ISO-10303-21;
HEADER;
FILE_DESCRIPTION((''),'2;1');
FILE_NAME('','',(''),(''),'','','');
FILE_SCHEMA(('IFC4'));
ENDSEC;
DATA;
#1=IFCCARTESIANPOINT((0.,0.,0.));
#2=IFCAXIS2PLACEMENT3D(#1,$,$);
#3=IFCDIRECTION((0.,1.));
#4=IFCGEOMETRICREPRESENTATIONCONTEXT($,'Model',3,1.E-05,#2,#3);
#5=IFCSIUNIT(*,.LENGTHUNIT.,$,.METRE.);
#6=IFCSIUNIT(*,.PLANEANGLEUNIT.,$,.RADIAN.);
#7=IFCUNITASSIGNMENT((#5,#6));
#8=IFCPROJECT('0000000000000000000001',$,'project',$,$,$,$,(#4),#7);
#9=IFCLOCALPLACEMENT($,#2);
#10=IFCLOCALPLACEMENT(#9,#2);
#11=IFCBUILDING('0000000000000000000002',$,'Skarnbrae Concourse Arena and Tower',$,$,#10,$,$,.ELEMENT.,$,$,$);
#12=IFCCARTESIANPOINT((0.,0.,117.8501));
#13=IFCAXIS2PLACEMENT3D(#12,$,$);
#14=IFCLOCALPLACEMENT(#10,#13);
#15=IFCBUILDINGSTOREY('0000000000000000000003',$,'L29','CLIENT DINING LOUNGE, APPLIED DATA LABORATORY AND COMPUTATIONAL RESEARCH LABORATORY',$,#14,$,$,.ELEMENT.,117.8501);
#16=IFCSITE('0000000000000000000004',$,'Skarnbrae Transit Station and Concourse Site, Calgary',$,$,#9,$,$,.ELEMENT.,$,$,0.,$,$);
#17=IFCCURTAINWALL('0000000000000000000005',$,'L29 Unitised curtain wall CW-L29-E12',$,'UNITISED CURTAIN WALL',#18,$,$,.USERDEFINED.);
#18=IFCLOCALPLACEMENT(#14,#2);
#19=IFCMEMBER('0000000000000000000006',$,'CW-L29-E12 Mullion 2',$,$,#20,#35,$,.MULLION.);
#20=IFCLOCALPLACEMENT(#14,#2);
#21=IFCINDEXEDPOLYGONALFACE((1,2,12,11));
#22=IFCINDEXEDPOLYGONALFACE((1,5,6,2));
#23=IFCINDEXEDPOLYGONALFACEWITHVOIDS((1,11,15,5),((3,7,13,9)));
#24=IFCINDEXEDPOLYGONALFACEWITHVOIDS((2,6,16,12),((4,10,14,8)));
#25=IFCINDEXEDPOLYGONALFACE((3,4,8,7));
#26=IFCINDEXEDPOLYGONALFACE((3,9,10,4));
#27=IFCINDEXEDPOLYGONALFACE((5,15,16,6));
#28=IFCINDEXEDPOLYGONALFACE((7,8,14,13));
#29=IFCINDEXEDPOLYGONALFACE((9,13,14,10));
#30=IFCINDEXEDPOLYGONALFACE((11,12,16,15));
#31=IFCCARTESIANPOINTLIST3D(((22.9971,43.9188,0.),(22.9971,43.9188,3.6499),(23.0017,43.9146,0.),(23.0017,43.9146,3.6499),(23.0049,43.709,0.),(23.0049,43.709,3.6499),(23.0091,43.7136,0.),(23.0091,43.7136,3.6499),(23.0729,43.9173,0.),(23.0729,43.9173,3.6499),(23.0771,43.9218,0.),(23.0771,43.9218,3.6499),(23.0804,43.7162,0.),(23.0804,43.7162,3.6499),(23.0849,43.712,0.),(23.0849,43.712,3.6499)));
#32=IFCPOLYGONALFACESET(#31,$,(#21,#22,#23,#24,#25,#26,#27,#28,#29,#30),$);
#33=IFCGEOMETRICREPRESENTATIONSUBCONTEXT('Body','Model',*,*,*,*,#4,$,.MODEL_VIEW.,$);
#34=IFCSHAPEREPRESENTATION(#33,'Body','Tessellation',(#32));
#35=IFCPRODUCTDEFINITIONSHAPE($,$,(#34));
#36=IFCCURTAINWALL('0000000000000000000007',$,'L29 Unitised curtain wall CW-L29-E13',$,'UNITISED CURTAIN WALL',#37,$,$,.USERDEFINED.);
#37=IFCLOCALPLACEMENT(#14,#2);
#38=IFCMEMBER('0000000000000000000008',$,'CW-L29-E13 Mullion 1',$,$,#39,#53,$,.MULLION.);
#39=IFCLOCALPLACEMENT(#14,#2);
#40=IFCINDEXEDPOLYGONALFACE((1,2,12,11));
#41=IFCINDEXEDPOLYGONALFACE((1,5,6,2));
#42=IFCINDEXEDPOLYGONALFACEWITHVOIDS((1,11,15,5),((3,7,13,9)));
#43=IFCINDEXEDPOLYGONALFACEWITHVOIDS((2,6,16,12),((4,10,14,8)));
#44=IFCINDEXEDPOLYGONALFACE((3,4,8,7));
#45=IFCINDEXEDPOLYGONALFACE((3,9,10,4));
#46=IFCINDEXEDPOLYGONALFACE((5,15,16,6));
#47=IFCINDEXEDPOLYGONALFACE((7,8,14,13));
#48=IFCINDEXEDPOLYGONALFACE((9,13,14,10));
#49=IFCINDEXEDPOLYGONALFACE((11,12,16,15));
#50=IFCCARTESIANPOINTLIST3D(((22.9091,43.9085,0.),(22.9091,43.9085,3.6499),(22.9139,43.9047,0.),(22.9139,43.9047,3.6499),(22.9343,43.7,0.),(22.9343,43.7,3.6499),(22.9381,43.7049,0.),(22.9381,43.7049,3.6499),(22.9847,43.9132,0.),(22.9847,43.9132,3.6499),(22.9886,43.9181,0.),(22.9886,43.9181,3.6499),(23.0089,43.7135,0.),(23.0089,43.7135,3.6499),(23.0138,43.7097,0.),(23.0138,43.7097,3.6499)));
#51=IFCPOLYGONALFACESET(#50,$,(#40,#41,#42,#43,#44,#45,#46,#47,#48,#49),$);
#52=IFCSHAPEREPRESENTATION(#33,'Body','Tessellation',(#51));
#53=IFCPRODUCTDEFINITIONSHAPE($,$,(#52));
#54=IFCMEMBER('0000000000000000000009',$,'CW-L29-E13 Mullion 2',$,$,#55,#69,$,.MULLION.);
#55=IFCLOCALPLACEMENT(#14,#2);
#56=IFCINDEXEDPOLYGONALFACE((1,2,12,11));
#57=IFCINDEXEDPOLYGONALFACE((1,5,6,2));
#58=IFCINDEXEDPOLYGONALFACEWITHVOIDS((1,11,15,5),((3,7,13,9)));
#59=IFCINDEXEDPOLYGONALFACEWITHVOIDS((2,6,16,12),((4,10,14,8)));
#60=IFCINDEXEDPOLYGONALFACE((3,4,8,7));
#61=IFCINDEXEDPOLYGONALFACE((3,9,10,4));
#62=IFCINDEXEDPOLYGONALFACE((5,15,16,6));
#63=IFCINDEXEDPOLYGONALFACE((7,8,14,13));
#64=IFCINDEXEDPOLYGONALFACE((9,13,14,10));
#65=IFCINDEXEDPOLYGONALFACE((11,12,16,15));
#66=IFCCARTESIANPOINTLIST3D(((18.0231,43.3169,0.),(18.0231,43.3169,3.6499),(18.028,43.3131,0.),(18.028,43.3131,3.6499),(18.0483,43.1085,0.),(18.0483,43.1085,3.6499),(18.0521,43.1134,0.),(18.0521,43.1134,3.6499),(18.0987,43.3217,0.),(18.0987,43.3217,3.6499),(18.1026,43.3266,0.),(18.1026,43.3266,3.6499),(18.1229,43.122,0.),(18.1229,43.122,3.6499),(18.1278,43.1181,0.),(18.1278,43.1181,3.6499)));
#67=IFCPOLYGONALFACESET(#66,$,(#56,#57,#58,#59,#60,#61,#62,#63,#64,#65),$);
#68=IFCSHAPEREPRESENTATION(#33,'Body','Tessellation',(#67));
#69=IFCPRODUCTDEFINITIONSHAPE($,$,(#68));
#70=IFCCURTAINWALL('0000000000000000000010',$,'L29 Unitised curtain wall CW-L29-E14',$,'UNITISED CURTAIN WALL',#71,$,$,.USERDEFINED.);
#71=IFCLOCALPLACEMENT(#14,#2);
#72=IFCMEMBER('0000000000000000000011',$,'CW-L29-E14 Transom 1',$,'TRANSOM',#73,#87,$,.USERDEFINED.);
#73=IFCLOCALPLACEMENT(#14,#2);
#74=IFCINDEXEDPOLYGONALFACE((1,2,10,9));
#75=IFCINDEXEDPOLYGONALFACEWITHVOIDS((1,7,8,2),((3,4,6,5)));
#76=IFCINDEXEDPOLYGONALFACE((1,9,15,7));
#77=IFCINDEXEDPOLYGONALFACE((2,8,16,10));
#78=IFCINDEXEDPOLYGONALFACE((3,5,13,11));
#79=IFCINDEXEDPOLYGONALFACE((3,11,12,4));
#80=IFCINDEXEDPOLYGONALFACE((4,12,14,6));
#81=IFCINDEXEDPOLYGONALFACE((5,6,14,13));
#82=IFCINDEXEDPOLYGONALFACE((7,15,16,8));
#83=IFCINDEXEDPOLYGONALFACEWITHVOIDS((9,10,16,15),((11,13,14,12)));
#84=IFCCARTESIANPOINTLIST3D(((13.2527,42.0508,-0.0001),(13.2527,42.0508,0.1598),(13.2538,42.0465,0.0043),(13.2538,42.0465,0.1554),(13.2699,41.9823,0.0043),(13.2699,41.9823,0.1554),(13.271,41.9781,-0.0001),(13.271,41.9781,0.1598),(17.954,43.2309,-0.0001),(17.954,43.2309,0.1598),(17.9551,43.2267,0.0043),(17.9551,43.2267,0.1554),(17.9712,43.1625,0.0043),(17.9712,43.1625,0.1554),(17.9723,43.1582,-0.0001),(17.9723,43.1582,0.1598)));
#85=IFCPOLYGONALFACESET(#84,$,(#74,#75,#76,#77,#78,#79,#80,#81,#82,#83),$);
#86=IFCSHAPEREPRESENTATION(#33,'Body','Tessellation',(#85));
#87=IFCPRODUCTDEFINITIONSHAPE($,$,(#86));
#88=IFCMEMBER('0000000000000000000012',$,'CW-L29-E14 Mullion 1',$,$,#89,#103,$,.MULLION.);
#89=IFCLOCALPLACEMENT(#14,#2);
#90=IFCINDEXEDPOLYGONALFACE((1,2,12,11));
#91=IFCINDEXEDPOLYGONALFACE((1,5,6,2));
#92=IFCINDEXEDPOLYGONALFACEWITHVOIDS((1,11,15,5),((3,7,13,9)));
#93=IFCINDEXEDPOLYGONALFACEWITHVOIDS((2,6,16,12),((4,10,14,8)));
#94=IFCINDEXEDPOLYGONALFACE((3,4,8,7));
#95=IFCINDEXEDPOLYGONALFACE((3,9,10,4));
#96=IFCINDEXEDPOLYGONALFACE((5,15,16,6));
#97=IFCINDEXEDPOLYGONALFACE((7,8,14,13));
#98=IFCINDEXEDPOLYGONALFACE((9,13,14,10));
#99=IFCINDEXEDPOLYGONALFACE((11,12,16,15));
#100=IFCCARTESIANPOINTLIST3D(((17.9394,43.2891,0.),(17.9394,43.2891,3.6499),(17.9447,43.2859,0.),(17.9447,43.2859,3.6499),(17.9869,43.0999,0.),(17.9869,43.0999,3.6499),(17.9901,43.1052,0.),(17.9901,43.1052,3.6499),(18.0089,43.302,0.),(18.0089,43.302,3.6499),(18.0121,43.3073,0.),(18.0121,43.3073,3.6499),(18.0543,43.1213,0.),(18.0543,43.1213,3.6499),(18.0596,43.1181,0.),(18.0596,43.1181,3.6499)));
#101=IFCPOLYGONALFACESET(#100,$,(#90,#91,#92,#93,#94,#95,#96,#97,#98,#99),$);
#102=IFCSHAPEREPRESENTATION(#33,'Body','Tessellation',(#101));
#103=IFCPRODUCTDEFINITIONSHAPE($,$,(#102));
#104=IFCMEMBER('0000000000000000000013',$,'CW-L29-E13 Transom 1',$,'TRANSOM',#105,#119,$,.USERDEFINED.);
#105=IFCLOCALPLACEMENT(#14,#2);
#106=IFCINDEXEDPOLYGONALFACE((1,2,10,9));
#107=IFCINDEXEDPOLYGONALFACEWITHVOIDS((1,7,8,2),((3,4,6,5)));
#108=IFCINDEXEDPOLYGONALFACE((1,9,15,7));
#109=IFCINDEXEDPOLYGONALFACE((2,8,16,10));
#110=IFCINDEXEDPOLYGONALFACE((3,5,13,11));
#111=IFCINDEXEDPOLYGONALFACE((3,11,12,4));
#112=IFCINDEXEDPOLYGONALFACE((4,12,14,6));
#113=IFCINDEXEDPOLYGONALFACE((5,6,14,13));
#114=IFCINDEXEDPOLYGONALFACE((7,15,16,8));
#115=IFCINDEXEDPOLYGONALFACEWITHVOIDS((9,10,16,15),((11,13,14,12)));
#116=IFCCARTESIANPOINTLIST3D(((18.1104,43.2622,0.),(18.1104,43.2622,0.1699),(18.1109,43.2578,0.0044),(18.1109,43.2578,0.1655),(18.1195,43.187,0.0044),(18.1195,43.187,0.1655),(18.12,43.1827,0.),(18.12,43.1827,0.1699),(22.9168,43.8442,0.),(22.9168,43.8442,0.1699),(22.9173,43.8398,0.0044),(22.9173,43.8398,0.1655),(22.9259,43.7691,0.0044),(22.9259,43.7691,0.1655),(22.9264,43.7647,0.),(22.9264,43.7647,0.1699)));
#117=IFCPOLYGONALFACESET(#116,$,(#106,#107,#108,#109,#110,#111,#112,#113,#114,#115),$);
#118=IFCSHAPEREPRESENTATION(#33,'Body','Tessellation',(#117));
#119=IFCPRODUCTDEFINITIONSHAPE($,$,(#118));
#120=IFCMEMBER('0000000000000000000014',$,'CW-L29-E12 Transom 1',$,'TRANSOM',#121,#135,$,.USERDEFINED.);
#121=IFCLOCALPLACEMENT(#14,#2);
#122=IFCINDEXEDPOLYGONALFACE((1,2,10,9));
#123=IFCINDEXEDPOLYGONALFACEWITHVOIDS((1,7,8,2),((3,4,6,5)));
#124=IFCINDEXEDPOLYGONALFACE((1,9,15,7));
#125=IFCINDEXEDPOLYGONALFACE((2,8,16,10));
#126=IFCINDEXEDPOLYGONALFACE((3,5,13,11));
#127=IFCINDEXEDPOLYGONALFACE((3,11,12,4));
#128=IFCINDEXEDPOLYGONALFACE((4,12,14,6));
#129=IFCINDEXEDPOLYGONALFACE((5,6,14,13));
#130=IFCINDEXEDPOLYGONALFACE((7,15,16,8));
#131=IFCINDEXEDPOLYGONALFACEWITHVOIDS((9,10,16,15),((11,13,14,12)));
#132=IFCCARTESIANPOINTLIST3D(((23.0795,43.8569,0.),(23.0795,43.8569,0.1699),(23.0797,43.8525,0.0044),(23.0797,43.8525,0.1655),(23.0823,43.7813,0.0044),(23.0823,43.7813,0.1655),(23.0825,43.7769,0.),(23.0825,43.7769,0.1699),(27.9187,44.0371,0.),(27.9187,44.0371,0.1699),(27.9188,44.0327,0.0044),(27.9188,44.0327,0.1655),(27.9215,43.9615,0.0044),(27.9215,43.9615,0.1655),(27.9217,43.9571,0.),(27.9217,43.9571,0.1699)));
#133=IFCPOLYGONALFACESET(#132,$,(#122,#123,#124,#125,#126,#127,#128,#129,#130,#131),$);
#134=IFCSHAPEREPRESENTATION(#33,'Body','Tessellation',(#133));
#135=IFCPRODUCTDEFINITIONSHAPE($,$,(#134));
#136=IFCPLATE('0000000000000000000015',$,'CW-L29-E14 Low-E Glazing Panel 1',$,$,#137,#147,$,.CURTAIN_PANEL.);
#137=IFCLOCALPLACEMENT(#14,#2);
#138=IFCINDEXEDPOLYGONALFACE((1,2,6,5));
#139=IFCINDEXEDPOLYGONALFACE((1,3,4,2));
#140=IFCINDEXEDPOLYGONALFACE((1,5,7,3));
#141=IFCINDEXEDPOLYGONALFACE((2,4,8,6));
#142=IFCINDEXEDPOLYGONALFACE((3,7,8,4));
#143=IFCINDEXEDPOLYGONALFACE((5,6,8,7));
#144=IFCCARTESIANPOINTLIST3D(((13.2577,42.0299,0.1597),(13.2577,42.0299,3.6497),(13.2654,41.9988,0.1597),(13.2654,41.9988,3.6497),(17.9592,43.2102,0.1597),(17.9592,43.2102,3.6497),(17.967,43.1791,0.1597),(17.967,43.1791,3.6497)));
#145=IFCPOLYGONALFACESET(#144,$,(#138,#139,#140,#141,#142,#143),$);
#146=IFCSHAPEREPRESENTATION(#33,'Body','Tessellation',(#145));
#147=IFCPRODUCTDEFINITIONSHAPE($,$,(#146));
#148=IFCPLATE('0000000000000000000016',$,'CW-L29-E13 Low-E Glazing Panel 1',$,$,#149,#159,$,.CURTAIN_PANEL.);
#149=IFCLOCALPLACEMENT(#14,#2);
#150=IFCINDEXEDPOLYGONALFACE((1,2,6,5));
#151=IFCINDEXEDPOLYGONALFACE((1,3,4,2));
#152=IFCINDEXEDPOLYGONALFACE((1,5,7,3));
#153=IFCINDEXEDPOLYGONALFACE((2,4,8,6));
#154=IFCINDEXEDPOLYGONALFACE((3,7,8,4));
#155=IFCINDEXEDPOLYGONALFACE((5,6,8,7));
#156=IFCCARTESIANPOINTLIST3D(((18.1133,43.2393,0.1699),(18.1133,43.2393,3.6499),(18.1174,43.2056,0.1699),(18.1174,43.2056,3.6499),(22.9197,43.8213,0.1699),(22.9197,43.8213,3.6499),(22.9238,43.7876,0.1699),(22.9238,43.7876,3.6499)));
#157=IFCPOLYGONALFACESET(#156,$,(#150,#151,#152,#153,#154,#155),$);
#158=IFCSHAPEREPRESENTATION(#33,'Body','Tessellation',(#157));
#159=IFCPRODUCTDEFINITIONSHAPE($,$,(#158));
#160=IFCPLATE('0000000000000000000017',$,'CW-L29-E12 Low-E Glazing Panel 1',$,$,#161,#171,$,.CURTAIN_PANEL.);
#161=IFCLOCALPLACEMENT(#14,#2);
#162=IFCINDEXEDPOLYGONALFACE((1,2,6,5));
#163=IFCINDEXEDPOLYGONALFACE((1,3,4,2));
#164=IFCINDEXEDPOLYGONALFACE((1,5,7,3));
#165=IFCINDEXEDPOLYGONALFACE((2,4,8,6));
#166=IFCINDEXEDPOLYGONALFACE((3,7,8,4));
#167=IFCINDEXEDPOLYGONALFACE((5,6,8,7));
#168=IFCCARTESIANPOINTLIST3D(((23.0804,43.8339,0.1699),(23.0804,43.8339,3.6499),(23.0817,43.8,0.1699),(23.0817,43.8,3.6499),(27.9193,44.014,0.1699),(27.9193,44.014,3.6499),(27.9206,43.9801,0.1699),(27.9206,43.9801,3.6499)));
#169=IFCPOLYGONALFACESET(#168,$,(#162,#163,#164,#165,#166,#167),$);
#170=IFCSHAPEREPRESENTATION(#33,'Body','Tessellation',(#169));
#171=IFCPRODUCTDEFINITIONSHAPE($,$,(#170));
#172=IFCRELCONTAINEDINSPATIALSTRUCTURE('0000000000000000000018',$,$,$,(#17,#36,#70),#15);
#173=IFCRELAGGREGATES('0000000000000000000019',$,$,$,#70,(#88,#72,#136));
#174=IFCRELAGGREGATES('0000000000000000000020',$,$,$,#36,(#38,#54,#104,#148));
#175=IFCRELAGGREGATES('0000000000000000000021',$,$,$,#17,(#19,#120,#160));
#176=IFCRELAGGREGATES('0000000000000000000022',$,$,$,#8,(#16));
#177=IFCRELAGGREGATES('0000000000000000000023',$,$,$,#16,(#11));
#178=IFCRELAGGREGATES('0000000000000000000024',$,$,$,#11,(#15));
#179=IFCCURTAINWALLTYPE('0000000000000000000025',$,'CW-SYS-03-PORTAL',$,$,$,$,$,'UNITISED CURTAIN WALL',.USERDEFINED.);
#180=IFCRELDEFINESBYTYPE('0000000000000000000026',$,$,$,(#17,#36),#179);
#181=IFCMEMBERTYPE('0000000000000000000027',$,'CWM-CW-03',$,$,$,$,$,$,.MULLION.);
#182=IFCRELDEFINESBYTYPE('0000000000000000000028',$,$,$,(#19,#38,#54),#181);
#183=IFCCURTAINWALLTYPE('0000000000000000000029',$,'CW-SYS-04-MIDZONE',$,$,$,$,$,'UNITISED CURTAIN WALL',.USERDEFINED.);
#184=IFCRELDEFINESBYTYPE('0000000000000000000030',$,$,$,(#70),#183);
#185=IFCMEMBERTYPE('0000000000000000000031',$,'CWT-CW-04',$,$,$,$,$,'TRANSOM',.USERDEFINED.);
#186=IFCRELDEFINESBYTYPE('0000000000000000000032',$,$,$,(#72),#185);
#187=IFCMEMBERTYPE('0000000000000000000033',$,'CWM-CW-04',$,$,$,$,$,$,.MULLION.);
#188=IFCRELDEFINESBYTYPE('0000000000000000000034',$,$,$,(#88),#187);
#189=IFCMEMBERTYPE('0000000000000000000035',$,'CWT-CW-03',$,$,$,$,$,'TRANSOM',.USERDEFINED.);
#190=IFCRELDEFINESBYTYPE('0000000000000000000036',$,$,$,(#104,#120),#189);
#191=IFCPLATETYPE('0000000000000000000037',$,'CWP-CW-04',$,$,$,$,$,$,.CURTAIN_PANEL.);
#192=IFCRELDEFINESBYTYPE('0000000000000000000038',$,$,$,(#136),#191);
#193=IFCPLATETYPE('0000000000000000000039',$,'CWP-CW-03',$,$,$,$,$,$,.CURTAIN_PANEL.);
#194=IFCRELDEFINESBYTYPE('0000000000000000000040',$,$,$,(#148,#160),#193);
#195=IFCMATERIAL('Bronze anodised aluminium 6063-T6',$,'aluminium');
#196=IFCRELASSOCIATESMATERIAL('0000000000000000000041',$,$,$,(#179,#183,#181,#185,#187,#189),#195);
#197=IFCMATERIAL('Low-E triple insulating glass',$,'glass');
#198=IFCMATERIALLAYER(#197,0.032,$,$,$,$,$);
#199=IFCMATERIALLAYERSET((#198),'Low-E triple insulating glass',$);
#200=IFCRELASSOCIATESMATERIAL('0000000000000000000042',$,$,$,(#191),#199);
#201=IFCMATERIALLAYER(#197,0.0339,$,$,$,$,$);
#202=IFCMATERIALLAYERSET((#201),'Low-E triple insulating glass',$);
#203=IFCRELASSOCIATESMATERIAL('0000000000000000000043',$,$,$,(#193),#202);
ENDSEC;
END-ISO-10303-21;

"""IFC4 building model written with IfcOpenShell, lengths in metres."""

from ifc_helpers import new_model, si_unit, direction, frame, origin, origin_2d, place, context, subcontext, project, spatial, rectangle, hollow_rectangle, extrude, source, transform, mapped, material, layer, layer_set, material_profile, profile_set, type_object, element, aggregate, save


model = new_model("IFC4")

# Units and contexts
model_context = context("Model", 3, precision=1e-05, world=origin(), true_north=direction((0.0, 1.0)))
body_context = subcontext(model_context, "Body", "Model", "MODEL_VIEW")
ifc_project = project(units=[si_unit("LENGTHUNIT", "METRE"), si_unit("PLANEANGLEUNIT", "RADIAN")], contexts=[model_context])

# Site, building, storey
site_placement = place(None, origin())
site = spatial("IfcSite", under=ifc_project, at=site_placement, Name="Skarnbrae Transit Station and Concourse Site, Calgary", CompositionType="ELEMENT", RefElevation=0.0)
building_placement = place(site_placement, origin())
building = spatial("IfcBuilding", under=site, at=building_placement, Name="Skarnbrae Concourse Arena and Tower", CompositionType="ELEMENT")
storey_placement = place(building_placement, frame((0.0, 0.0, 117.8501)))
storey = spatial("IfcBuildingStorey", under=building, at=storey_placement, Name="L29", Description="CLIENT DINING LOUNGE, APPLIED DATA LABORATORY AND COMPUTATIONAL RESEARCH LABORATORY", CompositionType="ELEMENT", Elevation=117.8501)

# Curtain walls, members
ifc_material_1 = material(Name="Bronze anodised aluminium 6063-T6", Category="aluminium")
curtain_wall_type_1 = type_object("IfcCurtainWallType", Name="CW-SYS-03-PORTAL", ElementType="UNITISED CURTAIN WALL", PredefinedType="USERDEFINED", material=ifc_material_1)
curtain_wall_1_placement = place(storey_placement, origin())
curtain_wall_1 = element("IfcCurtainWall", 1, at=curtain_wall_1_placement, inside=storey, type_object=curtain_wall_type_1, Name="L29 Unitised curtain wall CW-L29-E12", ObjectType="UNITISED CURTAIN WALL", PredefinedType="USERDEFINED")
ifc_material_profile_1 = material_profile(ifc_material_1, hollow_rectangle(XDim=0.0801, YDim=0.21, WallThickness=0.0044, at=origin_2d()), Name="ALU-MULL-80X210")
ifc_profile_set_1 = profile_set([ifc_material_profile_1], Name="Bronze anodised aluminium 6063-T6")
member_type_1 = type_object("IfcMemberType", Name="CWM-CW-03", PredefinedType="MULLION", material=ifc_profile_set_1)
shared_shape_1 = source(origin(), body_context, "Body", "SweptSolid", [
    extrude(hollow_rectangle(XDim=0.0801, YDim=0.21, WallThickness=0.0044, at=origin_2d()), origin(), (0.0, 0.0, 1.0), 3.6499),
])
member_1_placement = place(storey_placement, frame((23.041, 43.8154, 0.0), z_axis=(0.0, 0.0, 1.0), x_axis=(-0.999308, -0.037183, 0.0)))
member_1 = element("IfcMember", 2, at=member_1_placement, type_object=member_type_1, Name="CW-L29-E12 Mullion 2", PredefinedType="MULLION", context=body_context, shape_type="MappedRepresentation", body=[
    mapped(shared_shape_1, transform((0.0, 0.0, 0.0))),
])
curtain_wall_2_placement = place(storey_placement, origin())
curtain_wall_2 = element("IfcCurtainWall", 3, at=curtain_wall_2_placement, inside=storey, type_object=curtain_wall_type_1, Name="L29 Unitised curtain wall CW-L29-E13", ObjectType="UNITISED CURTAIN WALL", PredefinedType="USERDEFINED")
member_2_placement = place(storey_placement, frame((22.9614, 43.8091, 0.0), z_axis=(0.0, 0.0, 1.0), x_axis=(-0.992749, -0.120203, 0.0)))
member_2 = element("IfcMember", 4, at=member_2_placement, type_object=member_type_1, Name="CW-L29-E13 Mullion 1", PredefinedType="MULLION", context=body_context, shape_type="MappedRepresentation", body=[
    mapped(shared_shape_1, transform((0.0, 0.0, 0.0))),
])
member_3_placement = place(storey_placement, frame((18.0754, 43.2175, 0.0), z_axis=(0.0, 0.0, 1.0), x_axis=(-0.992749, -0.120203, 0.0)))
member_3 = element("IfcMember", 5, at=member_3_placement, type_object=member_type_1, Name="CW-L29-E13 Mullion 2", PredefinedType="MULLION", context=body_context, shape_type="MappedRepresentation", body=[
    mapped(shared_shape_1, transform((0.0, 0.0, 0.0))),
])
curtain_wall_type_2 = type_object("IfcCurtainWallType", Name="CW-SYS-04-MIDZONE", ElementType="UNITISED CURTAIN WALL", PredefinedType="USERDEFINED", material=ifc_material_1)
curtain_wall_3_placement = place(storey_placement, origin())
curtain_wall_3 = element("IfcCurtainWall", 6, at=curtain_wall_3_placement, inside=storey, type_object=curtain_wall_type_2, Name="L29 Unitised curtain wall CW-L29-E14", ObjectType="UNITISED CURTAIN WALL", PredefinedType="USERDEFINED")
ifc_material_profile_2 = material_profile(ifc_material_1, hollow_rectangle(XDim=0.075, YDim=0.1599, WallThickness=0.0044, at=origin_2d()), Name="ALU-TRAN-75X160")
ifc_profile_set_2 = profile_set([ifc_material_profile_2], Name="Bronze anodised aluminium 6063-T6")
member_type_2 = type_object("IfcMemberType", Name="CWT-CW-04", ElementType="TRANSOM", PredefinedType="USERDEFINED", material=ifc_profile_set_2)
shared_shape_2 = source(origin(), body_context, "Body", "SweptSolid", [
    extrude(hollow_rectangle(XDim=0.075, YDim=0.1599, WallThickness=0.0044, at=origin_2d()), origin(), (0.0, 0.0, 1.0), 4.8472),
])
member_4_placement = place(storey_placement, frame((17.9631, 43.1946, 0.0798), z_axis=(-0.969908, -0.243472, 0.0), x_axis=(0.243472, -0.969908, 0.0)))
member_4 = element("IfcMember", 7, at=member_4_placement, type_object=member_type_2, Name="CW-L29-E14 Transom 1", ObjectType="TRANSOM", PredefinedType="USERDEFINED", context=body_context, shape_type="MappedRepresentation", body=[
    mapped(shared_shape_2, transform((0.0, 0.0, 0.0))),
])
ifc_material_profile_3 = material_profile(ifc_material_1, hollow_rectangle(XDim=0.075, YDim=0.1951, WallThickness=0.0044, at=origin_2d()), Name="ALU-MULL-75X195")
ifc_profile_set_3 = profile_set([ifc_material_profile_3], Name="Bronze anodised aluminium 6063-T6")
member_type_3 = type_object("IfcMemberType", Name="CWM-CW-04", PredefinedType="MULLION", material=ifc_profile_set_3)
shared_shape_3 = source(origin(), body_context, "Body", "SweptSolid", [
    extrude(hollow_rectangle(XDim=0.075, YDim=0.1951, WallThickness=0.0044, at=origin_2d()), origin(), (0.0, 0.0, 1.0), 3.6499),
])
member_5_placement = place(storey_placement, frame((17.9995, 43.2036, 0.0), z_axis=(0.0, 0.0, 1.0), x_axis=(-0.969903, -0.243491, 0.0)))
member_5 = element("IfcMember", 8, at=member_5_placement, type_object=member_type_3, Name="CW-L29-E14 Mullion 1", PredefinedType="MULLION", context=body_context, shape_type="MappedRepresentation", body=[
    mapped(shared_shape_3, transform((0.0, 0.0, 0.0))),
])

# Members
ifc_material_profile_4 = material_profile(ifc_material_1, hollow_rectangle(XDim=0.0801, YDim=0.1699, WallThickness=0.0044, at=origin_2d()), Name="ALU-TRAN-80X170")
ifc_profile_set_4 = profile_set([ifc_material_profile_4], Name="Bronze anodised aluminium 6063-T6")
member_type_4 = type_object("IfcMemberType", Name="CWT-CW-03", ElementType="TRANSOM", PredefinedType="USERDEFINED", material=ifc_profile_set_4)
shared_shape_4 = source(origin(), body_context, "Body", "SweptSolid", [
    extrude(hollow_rectangle(XDim=0.0801, YDim=0.1699, WallThickness=0.0044, at=origin_2d()), origin(), (0.0, 0.0, 1.0), 4.8416),
])
member_6_placement = place(storey_placement, frame((22.9216, 43.8044, 0.085), z_axis=(-0.992748, -0.120217, 0.0), x_axis=(0.120217, -0.992748, 0.0)))
member_6 = element("IfcMember", 9, at=member_6_placement, type_object=member_type_4, Name="CW-L29-E13 Transom 1", ObjectType="TRANSOM", PredefinedType="USERDEFINED", context=body_context, shape_type="MappedRepresentation", body=[
    mapped(shared_shape_4, transform((0.0, 0.0, 0.0))),
])
shared_shape_5 = source(origin(), body_context, "Body", "SweptSolid", [
    extrude(hollow_rectangle(XDim=0.0801, YDim=0.1699, WallThickness=0.0044, at=origin_2d()), origin(), (0.0, 0.0, 1.0), 4.8425),
])
member_7_placement = place(storey_placement, frame((27.9202, 43.9971, 0.085), z_axis=(-0.999308, -0.037207, 0.0), x_axis=(0.037207, -0.999308, 0.0)))
member_7 = element("IfcMember", 10, at=member_7_placement, type_object=member_type_4, Name="CW-L29-E12 Transom 1", ObjectType="TRANSOM", PredefinedType="USERDEFINED", context=body_context, shape_type="MappedRepresentation", body=[
    mapped(shared_shape_5, transform((0.0, 0.0, 0.0))),
])

# Plates
ifc_material_2 = material(Name="Low-E triple insulating glass", Category="glass")
ifc_layer_1 = layer(ifc_material_2, 0.032)
ifc_layer_set_1 = layer_set([ifc_layer_1], Name="Low-E triple insulating glass")
plate_type_1 = type_object("IfcPlateType", Name="CWP-CW-04", PredefinedType="CURTAIN_PANEL", material=ifc_layer_set_1)
shared_shape_6 = source(origin(), body_context, "Body", "SweptSolid", [
    extrude(rectangle(XDim=4.8474, YDim=0.032, at=origin_2d()), origin(), (0.0, 0.0, 1.0), 3.49),
])
plate_1_placement = place(storey_placement, frame((15.6123, 42.6045, 0.1597), z_axis=(0.0, 0.0, 1.0), x_axis=(-0.969903, -0.243491, 0.0)))
plate_1 = element("IfcPlate", 11, at=plate_1_placement, type_object=plate_type_1, Name="CW-L29-E14 Low-E Glazing Panel 1", PredefinedType="CURTAIN_PANEL", context=body_context, shape_type="MappedRepresentation", body=[
    mapped(shared_shape_6, transform((0.0, 0.0, 0.0))),
])
aggregate(curtain_wall_3, [member_5, member_4, plate_1])
ifc_layer_2 = layer(ifc_material_2, 0.0339)
ifc_layer_set_2 = layer_set([ifc_layer_2], Name="Low-E triple insulating glass")
plate_type_2 = type_object("IfcPlateType", Name="CWP-CW-03", PredefinedType="CURTAIN_PANEL", material=ifc_layer_set_2)
shared_shape_7 = source(origin(), body_context, "Body", "SweptSolid", [
    extrude(rectangle(XDim=4.8416, YDim=0.0339, at=origin_2d()), origin(), (0.0, 0.0, 1.0), 3.48),
])
plate_2_placement = place(storey_placement, frame((20.5186, 43.5134, 0.1699), z_axis=(0.0, 0.0, 1.0), x_axis=(-0.992749, -0.120203, 0.0)))
plate_2 = element("IfcPlate", 12, at=plate_2_placement, type_object=plate_type_2, Name="CW-L29-E13 Low-E Glazing Panel 1", PredefinedType="CURTAIN_PANEL", context=body_context, shape_type="MappedRepresentation", body=[
    mapped(shared_shape_7, transform((0.0, 0.0, 0.0))),
])
aggregate(curtain_wall_2, [member_2, member_3, member_6, plate_2])
shared_shape_8 = source(origin(), body_context, "Body", "SweptSolid", [
    extrude(rectangle(XDim=4.8423, YDim=0.0339, at=origin_2d()), origin(), (0.0, 0.0, 1.0), 3.48),
])
plate_3_placement = place(storey_placement, frame((25.5005, 43.907, 0.1699), z_axis=(0.0, 0.0, 1.0), x_axis=(-0.999308, -0.037183, 0.0)))
plate_3 = element("IfcPlate", 13, at=plate_3_placement, type_object=plate_type_2, Name="CW-L29-E12 Low-E Glazing Panel 1", PredefinedType="CURTAIN_PANEL", context=body_context, shape_type="MappedRepresentation", body=[
    mapped(shared_shape_8, transform((0.0, 0.0, 0.0))),
])
aggregate(curtain_wall_1, [member_1, member_7, plate_3])

save(model, "model.ifc")
